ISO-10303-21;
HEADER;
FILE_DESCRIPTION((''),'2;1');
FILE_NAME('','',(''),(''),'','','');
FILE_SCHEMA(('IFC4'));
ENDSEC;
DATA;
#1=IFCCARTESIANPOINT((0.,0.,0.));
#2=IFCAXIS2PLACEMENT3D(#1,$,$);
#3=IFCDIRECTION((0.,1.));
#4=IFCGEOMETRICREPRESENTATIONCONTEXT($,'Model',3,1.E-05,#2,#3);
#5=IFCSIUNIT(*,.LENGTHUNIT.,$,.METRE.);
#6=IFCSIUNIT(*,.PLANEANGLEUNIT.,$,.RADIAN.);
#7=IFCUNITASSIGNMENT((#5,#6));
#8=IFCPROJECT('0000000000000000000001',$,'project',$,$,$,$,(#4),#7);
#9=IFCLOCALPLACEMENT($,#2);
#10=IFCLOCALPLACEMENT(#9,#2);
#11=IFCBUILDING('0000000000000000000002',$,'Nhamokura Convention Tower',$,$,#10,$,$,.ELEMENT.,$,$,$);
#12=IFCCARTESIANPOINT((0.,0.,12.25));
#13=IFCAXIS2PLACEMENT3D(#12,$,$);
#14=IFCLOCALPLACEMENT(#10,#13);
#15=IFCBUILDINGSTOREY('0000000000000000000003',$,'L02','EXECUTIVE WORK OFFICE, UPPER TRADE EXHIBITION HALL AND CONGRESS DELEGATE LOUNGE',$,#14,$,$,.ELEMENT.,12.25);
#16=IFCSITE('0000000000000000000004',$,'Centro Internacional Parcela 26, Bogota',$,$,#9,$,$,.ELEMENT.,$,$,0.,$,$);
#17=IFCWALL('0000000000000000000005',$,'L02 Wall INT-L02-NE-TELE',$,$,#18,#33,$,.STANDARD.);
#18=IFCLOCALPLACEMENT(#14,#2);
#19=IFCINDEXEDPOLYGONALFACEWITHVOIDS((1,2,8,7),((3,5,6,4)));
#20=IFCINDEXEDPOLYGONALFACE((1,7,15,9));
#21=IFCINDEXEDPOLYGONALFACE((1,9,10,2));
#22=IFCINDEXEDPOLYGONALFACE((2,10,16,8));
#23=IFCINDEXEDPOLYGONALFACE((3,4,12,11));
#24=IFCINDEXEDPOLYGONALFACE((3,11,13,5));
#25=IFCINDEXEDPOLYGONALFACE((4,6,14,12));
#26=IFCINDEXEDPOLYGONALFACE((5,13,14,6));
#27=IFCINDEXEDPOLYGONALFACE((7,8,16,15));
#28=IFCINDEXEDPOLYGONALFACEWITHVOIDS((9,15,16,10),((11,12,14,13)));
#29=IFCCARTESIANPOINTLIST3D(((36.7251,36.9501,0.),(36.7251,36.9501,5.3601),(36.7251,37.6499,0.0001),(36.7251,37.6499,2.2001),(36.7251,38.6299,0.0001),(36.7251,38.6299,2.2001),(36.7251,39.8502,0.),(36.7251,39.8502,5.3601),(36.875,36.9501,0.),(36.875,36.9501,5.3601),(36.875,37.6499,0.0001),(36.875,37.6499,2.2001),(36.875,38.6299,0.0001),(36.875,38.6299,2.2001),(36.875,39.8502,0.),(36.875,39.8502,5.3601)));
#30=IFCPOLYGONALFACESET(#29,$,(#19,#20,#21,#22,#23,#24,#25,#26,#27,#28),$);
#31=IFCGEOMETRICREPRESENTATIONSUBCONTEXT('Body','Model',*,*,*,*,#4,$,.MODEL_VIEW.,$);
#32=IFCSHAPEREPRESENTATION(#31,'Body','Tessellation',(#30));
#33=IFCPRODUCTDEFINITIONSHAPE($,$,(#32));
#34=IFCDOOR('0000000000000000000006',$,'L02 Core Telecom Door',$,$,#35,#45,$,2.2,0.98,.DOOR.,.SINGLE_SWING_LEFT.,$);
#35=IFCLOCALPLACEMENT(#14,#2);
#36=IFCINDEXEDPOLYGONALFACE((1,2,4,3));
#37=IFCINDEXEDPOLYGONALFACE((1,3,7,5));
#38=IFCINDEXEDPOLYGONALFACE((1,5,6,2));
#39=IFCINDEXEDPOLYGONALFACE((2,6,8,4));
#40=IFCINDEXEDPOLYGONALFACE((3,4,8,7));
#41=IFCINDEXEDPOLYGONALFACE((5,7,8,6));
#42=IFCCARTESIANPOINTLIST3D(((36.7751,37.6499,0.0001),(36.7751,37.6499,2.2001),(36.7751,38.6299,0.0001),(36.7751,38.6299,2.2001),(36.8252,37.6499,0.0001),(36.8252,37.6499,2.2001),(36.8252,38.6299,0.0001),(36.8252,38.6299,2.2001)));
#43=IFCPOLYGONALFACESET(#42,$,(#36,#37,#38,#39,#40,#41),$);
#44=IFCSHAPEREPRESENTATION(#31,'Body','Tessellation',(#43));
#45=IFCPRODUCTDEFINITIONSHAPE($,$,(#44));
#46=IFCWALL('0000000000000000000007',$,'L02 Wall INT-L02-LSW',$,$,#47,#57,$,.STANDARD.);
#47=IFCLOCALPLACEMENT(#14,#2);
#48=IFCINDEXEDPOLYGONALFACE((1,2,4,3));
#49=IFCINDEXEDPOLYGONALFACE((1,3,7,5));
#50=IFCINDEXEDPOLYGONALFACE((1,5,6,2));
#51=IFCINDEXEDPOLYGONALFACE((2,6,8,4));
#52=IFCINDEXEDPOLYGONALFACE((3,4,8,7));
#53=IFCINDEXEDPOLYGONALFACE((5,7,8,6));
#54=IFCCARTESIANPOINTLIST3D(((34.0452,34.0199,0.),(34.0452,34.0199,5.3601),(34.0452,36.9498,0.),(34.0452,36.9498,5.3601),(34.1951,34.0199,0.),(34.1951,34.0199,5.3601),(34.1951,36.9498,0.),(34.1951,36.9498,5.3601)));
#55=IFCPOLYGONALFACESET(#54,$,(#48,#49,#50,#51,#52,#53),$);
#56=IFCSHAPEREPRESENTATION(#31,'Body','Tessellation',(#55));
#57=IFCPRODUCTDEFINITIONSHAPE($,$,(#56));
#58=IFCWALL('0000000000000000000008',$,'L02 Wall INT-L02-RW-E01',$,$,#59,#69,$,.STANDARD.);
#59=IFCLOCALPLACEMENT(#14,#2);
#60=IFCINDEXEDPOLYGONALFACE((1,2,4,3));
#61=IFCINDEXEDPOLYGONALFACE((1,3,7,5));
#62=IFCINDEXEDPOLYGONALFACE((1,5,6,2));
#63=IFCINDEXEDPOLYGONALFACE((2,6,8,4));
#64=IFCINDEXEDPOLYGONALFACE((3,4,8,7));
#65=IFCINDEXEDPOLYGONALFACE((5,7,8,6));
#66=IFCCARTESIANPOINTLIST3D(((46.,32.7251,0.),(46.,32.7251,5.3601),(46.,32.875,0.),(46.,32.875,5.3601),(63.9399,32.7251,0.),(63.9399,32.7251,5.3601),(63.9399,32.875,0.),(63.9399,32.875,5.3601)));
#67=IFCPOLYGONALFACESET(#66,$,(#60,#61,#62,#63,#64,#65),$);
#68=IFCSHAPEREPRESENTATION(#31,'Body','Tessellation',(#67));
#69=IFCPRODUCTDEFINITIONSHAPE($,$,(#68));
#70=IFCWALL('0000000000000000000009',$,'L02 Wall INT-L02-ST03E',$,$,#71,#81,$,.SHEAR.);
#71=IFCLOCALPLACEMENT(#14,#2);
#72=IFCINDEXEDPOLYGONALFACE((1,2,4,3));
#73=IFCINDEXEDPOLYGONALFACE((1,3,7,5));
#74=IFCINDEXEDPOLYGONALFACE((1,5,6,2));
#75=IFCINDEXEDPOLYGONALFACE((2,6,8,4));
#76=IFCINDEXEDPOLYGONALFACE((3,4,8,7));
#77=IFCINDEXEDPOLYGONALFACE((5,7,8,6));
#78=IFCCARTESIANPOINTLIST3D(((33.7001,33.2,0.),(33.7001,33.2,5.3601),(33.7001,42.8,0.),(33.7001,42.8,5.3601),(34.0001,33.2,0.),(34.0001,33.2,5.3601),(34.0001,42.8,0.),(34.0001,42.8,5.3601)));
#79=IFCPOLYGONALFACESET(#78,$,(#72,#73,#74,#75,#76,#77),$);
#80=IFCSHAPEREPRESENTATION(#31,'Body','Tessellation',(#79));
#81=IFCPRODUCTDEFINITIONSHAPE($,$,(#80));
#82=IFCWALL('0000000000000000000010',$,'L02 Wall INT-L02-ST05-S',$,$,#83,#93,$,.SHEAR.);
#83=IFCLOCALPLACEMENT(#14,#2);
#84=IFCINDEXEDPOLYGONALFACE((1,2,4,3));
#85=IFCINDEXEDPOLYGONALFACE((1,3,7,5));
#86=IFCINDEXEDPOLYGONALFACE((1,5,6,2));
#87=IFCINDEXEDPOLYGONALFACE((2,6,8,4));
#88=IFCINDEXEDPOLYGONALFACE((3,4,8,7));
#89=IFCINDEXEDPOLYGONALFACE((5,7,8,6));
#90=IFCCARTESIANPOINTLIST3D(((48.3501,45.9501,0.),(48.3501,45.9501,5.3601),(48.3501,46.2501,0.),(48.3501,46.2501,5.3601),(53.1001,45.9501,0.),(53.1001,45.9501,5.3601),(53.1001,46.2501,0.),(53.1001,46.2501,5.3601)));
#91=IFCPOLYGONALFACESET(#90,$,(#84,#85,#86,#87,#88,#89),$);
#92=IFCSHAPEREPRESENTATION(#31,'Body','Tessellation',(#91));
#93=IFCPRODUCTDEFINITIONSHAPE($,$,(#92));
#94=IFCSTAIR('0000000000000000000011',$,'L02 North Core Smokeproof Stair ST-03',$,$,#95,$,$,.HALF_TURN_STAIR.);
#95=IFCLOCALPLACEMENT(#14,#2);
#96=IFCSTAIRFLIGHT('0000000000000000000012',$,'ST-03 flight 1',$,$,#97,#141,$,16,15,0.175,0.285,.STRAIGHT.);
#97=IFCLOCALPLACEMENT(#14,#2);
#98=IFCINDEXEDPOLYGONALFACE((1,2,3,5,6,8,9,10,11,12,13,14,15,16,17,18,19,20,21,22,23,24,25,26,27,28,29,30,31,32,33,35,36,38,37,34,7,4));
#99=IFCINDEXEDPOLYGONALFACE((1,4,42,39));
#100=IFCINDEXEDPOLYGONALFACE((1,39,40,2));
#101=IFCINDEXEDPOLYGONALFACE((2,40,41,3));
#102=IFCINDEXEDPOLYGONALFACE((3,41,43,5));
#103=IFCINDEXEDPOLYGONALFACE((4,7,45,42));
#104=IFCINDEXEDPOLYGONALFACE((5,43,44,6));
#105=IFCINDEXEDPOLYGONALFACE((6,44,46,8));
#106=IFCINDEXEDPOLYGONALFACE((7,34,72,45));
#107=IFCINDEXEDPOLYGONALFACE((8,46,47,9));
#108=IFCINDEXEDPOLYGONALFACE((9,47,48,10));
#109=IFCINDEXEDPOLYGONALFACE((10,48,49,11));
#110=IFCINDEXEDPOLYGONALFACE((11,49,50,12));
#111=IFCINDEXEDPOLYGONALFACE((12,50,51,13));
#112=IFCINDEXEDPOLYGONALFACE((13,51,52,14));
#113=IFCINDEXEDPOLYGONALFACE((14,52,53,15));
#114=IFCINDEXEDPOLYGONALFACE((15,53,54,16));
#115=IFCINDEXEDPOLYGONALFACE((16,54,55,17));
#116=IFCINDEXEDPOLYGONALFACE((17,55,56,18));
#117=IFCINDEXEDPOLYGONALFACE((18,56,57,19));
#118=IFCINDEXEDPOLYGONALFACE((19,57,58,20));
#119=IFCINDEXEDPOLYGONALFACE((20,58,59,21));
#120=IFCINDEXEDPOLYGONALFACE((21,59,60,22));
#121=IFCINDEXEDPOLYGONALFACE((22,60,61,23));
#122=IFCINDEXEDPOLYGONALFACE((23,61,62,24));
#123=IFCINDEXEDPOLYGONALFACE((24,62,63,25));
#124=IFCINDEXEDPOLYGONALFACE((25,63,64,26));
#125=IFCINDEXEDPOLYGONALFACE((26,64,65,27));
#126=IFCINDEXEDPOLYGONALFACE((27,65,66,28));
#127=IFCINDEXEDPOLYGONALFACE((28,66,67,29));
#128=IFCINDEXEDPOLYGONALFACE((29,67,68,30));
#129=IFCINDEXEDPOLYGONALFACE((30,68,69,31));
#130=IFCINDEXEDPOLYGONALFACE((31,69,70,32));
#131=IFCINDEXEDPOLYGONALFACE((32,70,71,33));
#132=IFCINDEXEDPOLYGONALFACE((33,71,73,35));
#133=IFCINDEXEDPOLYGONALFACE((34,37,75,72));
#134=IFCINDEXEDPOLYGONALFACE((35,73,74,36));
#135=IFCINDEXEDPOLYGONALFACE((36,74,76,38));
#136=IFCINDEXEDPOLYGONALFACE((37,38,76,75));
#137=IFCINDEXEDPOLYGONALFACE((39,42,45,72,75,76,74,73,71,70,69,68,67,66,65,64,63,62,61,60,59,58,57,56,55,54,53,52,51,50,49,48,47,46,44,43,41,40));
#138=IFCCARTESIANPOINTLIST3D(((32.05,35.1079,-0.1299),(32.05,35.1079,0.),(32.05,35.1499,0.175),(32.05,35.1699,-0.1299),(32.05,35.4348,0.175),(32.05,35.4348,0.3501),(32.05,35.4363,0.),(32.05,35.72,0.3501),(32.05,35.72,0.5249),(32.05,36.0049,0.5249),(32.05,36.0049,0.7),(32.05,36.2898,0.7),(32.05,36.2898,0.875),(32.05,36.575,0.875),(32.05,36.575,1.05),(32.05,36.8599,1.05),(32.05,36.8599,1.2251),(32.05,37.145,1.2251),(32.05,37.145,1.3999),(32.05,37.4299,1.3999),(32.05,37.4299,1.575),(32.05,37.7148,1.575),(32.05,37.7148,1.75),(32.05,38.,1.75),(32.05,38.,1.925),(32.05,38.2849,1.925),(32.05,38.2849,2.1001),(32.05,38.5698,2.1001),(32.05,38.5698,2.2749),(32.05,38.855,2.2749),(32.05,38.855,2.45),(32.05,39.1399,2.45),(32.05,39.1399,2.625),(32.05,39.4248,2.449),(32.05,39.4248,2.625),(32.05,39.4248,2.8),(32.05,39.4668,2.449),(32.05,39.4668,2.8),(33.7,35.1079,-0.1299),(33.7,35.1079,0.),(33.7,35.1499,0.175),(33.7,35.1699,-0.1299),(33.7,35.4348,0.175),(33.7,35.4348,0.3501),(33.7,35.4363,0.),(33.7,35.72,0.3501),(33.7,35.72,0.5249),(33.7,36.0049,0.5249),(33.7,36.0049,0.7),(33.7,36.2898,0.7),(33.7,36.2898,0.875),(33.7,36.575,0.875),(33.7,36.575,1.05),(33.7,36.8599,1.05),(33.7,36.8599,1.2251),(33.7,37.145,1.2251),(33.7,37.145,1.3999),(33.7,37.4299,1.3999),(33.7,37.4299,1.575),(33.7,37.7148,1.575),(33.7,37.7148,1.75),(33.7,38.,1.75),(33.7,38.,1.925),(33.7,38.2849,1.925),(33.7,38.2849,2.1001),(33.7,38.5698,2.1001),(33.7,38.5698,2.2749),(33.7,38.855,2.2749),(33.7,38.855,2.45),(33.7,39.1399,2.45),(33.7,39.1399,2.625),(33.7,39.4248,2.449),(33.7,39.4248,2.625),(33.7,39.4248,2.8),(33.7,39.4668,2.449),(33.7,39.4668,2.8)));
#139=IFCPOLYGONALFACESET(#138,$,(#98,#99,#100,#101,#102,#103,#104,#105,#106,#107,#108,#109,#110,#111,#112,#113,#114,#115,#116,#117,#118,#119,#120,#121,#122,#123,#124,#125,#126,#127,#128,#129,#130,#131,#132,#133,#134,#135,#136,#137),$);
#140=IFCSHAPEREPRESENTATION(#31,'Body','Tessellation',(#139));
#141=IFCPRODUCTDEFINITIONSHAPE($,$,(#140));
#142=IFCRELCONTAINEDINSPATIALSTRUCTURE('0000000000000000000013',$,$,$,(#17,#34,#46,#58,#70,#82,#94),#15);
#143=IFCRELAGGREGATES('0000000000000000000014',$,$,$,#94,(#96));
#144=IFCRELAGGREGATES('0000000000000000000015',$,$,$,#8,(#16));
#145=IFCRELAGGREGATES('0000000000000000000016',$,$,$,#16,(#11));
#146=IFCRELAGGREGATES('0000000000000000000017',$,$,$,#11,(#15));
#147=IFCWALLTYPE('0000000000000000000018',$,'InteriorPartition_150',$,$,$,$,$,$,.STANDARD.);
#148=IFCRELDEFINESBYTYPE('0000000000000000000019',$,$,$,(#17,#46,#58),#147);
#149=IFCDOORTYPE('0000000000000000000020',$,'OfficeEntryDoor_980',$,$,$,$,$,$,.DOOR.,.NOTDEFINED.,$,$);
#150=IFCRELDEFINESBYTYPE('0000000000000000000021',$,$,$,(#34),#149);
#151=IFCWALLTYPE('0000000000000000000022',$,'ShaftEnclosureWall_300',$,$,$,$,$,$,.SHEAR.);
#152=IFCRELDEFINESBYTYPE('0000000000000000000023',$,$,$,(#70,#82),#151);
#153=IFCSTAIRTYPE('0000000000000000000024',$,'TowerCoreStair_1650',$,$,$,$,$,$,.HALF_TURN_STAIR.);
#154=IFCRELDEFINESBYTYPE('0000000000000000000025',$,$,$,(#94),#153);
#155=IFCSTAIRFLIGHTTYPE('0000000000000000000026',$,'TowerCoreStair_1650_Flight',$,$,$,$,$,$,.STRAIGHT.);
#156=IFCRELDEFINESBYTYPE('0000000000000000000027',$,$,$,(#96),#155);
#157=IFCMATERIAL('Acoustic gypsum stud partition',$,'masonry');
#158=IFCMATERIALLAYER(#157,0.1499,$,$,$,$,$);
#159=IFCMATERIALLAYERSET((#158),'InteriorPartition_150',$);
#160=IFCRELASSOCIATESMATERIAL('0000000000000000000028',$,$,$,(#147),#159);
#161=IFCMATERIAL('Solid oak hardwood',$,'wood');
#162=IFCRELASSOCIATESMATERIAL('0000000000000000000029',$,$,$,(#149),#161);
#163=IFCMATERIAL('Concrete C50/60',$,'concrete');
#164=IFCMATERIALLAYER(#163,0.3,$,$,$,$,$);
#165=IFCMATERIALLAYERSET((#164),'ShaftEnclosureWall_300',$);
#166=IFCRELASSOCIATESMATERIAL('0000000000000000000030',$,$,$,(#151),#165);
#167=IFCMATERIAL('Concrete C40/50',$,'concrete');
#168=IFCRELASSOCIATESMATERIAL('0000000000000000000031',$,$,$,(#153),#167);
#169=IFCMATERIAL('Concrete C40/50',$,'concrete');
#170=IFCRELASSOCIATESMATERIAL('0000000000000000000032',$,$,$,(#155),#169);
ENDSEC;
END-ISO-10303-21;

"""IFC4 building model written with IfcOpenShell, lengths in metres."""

from ifc_helpers import new_model, si_unit, direction, frame, frame_2d, origin, place, context, subcontext, project, spatial, polyline, rectangle, outline, extrude, material, layer, layer_set, type_object, element, fill, aggregate, save


model = new_model("IFC4")

# Units and contexts
model_context = context("Model", 3, precision=1e-05, world=origin(), true_north=direction((0.0, 1.0)))
body_context = subcontext(model_context, "Body", "Model", "MODEL_VIEW")
ifc_project = project(units=[si_unit("LENGTHUNIT", "METRE"), si_unit("PLANEANGLEUNIT", "RADIAN")], contexts=[model_context])

# Site, building, storey
site_placement = place(None, origin())
site = spatial("IfcSite", under=ifc_project, at=site_placement, Name="Centro Internacional Parcela 26, Bogota", CompositionType="ELEMENT", RefElevation=0.0)
building_placement = place(site_placement, origin())
building = spatial("IfcBuilding", under=site, at=building_placement, Name="Nhamokura Convention Tower", CompositionType="ELEMENT")
storey_placement = place(building_placement, frame((0.0, 0.0, 12.25)))
storey = spatial("IfcBuildingStorey", under=building, at=storey_placement, Name="L02", Description="EXECUTIVE WORK OFFICE, UPPER TRADE EXHIBITION HALL AND CONGRESS DELEGATE LOUNGE", CompositionType="ELEMENT", Elevation=12.25)

# Shared definitions
ifc_material_1 = material(Name="Acoustic gypsum stud partition", Category="masonry")
ifc_layer_1 = layer(ifc_material_1, 0.1499)
ifc_layer_set_1 = layer_set([ifc_layer_1], Name="InteriorPartition_150")
wall_type_1 = type_object("IfcWallType", Name="InteriorPartition_150", PredefinedType="STANDARD", material=ifc_layer_set_1)

# Wall, opening, door
wall_1_placement = place(storey_placement, frame((36.8, 36.95, 0.0), z_axis=(0.0, 0.0, 1.0), x_axis=(0.0, 1.0, 0.0)))
wall_1 = element("IfcWall", 1, at=wall_1_placement, inside=storey, type_object=wall_type_1, Name="L02 Wall INT-L02-NE-TELE", PredefinedType="STANDARD", context=body_context, shape_type="SweptSolid", body=[
    extrude(rectangle(XDim=2.9001, YDim=0.1499, at=frame_2d((1.4502, 0.0))), origin(), (0.0, 0.0, 1.0), 5.3601),
])
opening_1_placement = place(wall_1_placement, frame((0.7, 0.0, 0.0)))
opening_1 = element("IfcOpeningElement", 2, at=opening_1_placement, cuts=wall_1, PredefinedType="OPENING", context=body_context, shape_type="SweptSolid", body=[
    extrude(rectangle(XDim=0.98, YDim=2.2, at=frame_2d((0.49, 1.1001))), frame((0.0, 0.085, 0.0), z_axis=(0.0, -1.0, 0.0), x_axis=(1.0, 0.0, 0.0)), (0.0, 0.0, 1.0), 0.1699),
])
ifc_material_2 = material(Name="Solid oak hardwood", Category="wood")
door_type_1 = type_object("IfcDoorType", Name="OfficeEntryDoor_980", OperationType="NOTDEFINED", PredefinedType="DOOR", material=ifc_material_2)
door_1_placement = place(opening_1_placement, origin())
door_1 = element("IfcDoor", 3, at=door_1_placement, inside=storey, type_object=door_type_1, Name="L02 Core Telecom Door", OperationType="SINGLE_SWING_LEFT", OverallHeight=2.2, OverallWidth=0.98, PredefinedType="DOOR", context=body_context, shape_type="SweptSolid", body=[
    extrude(rectangle(XDim=0.98, YDim=2.2, at=frame_2d((0.49, 1.1001))), frame((0.0, 0.0249, 0.0), z_axis=(0.0, -1.0, 0.0), x_axis=(1.0, 0.0, 0.0)), (0.0, 0.0, 1.0), 0.05),
])
fill(opening_1, door_1)

# Walls
wall_2_placement = place(storey_placement, frame((34.1201, 34.02, 0.0), z_axis=(0.0, 0.0, 1.0), x_axis=(0.0, 1.0, 0.0)))
element("IfcWall", 4, at=wall_2_placement, inside=storey, type_object=wall_type_1, Name="L02 Wall INT-L02-LSW", PredefinedType="STANDARD", context=body_context, shape_type="SweptSolid", body=[
    extrude(rectangle(XDim=2.9299, YDim=0.1499, at=frame_2d((1.4648, 0.0))), origin(), (0.0, 0.0, 1.0), 5.3601),
])
wall_3_placement = place(storey_placement, frame((46.0, 32.8, 0.0), z_axis=(0.0, 0.0, 1.0), x_axis=(1.0, 0.0, 0.0)))
element("IfcWall", 5, at=wall_3_placement, inside=storey, type_object=wall_type_1, Name="L02 Wall INT-L02-RW-E01", PredefinedType="STANDARD", context=body_context, shape_type="SweptSolid", body=[
    extrude(rectangle(XDim=17.9399, YDim=0.1499, at=frame_2d((8.97, 0.0))), origin(), (0.0, 0.0, 1.0), 5.3601),
])
ifc_material_3 = material(Name="Concrete C50/60", Category="concrete")
ifc_layer_2 = layer(ifc_material_3, 0.3)
ifc_layer_set_2 = layer_set([ifc_layer_2], Name="ShaftEnclosureWall_300")
wall_type_2 = type_object("IfcWallType", Name="ShaftEnclosureWall_300", PredefinedType="SHEAR", material=ifc_layer_set_2)
wall_4_placement = place(storey_placement, frame((33.8501, 33.2, 0.0), z_axis=(0.0, 0.0, 1.0), x_axis=(0.0, 1.0, 0.0)))
element("IfcWall", 6, at=wall_4_placement, inside=storey, type_object=wall_type_2, Name="L02 Wall INT-L02-ST03E", PredefinedType="SHEAR", context=body_context, shape_type="SweptSolid", body=[
    extrude(rectangle(XDim=9.6001, YDim=0.3, at=frame_2d((4.8, 0.0))), origin(), (0.0, 0.0, 1.0), 5.3601),
])
wall_5_placement = place(storey_placement, frame((48.3501, 46.1001, 0.0), z_axis=(0.0, 0.0, 1.0), x_axis=(1.0, 0.0, 0.0)))
element("IfcWall", 7, at=wall_5_placement, inside=storey, type_object=wall_type_2, Name="L02 Wall INT-L02-ST05-S", PredefinedType="SHEAR", context=body_context, shape_type="SweptSolid", body=[
    extrude(rectangle(XDim=4.75, YDim=0.3, at=frame_2d((2.375, 0.0))), origin(), (0.0, 0.0, 1.0), 5.3601),
])

# Stair, stair flight
ifc_material_4 = material(Name="Concrete C40/50", Category="concrete")
stair_type = type_object("IfcStairType", Name="TowerCoreStair_1650", PredefinedType="HALF_TURN_STAIR", material=ifc_material_4)
stair_placement = place(storey_placement, origin())
stair = element("IfcStair", 8, at=stair_placement, inside=storey, type_object=stair_type, Name="L02 North Core Smokeproof Stair ST-03", PredefinedType="HALF_TURN_STAIR")
ifc_material_5 = material(Name="Concrete C40/50", Category="concrete")
stair_flight_type = type_object("IfcStairFlightType", Name="TowerCoreStair_1650_Flight", PredefinedType="STRAIGHT", material=ifc_material_5)
stair_flight_1_placement = place(storey_placement, frame((32.875, 35.1499, 0.0), z_axis=(0.0, 0.0, 1.0), x_axis=(0.0, 1.0, 0.0)))
stair_flight_1 = element("IfcStairFlight", 9, at=stair_flight_1_placement, type_object=stair_flight_type, Name="ST-03 flight 1", NumberOfRisers=16, NumberOfTreads=15, PredefinedType="STRAIGHT", RiserHeight=0.175, TreadLength=0.285, context=body_context, shape_type="SweptSolid", body=[
    extrude(outline(polyline([(-0.042, 0.0), (0.0, 0.175), (0.2849, 0.175), (0.2849, 0.3501), (0.5701, 0.3501), (0.5701, 0.5249), (0.855, 0.5249), (0.855, 0.7), (1.1399, 0.7), (1.1399, 0.875), (1.425, 0.875), (1.425, 1.05), (1.71, 1.05), (1.71, 1.2251), (1.9951, 1.2251), (1.9951, 1.3999), (2.28, 1.3999), (2.28, 1.575), (2.5649, 1.575), (2.5649, 1.75), (2.8501, 1.75), (2.8501, 1.925), (3.135, 1.925), (3.135, 2.1001), (3.4199, 2.1001), (3.4199, 2.2749), (3.7051, 2.2749), (3.7051, 2.45), (3.99, 2.45), (3.99, 2.625), (4.2749, 2.625), (4.2749, 2.8), (4.3169, 2.8), (4.3169, 2.449), (4.2749, 2.449), (0.2864, 0.0), (0.02, -0.1299), (-0.042, -0.1299), (-0.042, 0.0)])), frame((0.0, 0.825, 0.0), z_axis=(0.0, -1.0, 0.0), x_axis=(1.0, 0.0, 0.0)), (0.0, 0.0, 1.0), 1.6499),
])
aggregate(stair, [stair_flight_1])

save(model, "model.ifc")
